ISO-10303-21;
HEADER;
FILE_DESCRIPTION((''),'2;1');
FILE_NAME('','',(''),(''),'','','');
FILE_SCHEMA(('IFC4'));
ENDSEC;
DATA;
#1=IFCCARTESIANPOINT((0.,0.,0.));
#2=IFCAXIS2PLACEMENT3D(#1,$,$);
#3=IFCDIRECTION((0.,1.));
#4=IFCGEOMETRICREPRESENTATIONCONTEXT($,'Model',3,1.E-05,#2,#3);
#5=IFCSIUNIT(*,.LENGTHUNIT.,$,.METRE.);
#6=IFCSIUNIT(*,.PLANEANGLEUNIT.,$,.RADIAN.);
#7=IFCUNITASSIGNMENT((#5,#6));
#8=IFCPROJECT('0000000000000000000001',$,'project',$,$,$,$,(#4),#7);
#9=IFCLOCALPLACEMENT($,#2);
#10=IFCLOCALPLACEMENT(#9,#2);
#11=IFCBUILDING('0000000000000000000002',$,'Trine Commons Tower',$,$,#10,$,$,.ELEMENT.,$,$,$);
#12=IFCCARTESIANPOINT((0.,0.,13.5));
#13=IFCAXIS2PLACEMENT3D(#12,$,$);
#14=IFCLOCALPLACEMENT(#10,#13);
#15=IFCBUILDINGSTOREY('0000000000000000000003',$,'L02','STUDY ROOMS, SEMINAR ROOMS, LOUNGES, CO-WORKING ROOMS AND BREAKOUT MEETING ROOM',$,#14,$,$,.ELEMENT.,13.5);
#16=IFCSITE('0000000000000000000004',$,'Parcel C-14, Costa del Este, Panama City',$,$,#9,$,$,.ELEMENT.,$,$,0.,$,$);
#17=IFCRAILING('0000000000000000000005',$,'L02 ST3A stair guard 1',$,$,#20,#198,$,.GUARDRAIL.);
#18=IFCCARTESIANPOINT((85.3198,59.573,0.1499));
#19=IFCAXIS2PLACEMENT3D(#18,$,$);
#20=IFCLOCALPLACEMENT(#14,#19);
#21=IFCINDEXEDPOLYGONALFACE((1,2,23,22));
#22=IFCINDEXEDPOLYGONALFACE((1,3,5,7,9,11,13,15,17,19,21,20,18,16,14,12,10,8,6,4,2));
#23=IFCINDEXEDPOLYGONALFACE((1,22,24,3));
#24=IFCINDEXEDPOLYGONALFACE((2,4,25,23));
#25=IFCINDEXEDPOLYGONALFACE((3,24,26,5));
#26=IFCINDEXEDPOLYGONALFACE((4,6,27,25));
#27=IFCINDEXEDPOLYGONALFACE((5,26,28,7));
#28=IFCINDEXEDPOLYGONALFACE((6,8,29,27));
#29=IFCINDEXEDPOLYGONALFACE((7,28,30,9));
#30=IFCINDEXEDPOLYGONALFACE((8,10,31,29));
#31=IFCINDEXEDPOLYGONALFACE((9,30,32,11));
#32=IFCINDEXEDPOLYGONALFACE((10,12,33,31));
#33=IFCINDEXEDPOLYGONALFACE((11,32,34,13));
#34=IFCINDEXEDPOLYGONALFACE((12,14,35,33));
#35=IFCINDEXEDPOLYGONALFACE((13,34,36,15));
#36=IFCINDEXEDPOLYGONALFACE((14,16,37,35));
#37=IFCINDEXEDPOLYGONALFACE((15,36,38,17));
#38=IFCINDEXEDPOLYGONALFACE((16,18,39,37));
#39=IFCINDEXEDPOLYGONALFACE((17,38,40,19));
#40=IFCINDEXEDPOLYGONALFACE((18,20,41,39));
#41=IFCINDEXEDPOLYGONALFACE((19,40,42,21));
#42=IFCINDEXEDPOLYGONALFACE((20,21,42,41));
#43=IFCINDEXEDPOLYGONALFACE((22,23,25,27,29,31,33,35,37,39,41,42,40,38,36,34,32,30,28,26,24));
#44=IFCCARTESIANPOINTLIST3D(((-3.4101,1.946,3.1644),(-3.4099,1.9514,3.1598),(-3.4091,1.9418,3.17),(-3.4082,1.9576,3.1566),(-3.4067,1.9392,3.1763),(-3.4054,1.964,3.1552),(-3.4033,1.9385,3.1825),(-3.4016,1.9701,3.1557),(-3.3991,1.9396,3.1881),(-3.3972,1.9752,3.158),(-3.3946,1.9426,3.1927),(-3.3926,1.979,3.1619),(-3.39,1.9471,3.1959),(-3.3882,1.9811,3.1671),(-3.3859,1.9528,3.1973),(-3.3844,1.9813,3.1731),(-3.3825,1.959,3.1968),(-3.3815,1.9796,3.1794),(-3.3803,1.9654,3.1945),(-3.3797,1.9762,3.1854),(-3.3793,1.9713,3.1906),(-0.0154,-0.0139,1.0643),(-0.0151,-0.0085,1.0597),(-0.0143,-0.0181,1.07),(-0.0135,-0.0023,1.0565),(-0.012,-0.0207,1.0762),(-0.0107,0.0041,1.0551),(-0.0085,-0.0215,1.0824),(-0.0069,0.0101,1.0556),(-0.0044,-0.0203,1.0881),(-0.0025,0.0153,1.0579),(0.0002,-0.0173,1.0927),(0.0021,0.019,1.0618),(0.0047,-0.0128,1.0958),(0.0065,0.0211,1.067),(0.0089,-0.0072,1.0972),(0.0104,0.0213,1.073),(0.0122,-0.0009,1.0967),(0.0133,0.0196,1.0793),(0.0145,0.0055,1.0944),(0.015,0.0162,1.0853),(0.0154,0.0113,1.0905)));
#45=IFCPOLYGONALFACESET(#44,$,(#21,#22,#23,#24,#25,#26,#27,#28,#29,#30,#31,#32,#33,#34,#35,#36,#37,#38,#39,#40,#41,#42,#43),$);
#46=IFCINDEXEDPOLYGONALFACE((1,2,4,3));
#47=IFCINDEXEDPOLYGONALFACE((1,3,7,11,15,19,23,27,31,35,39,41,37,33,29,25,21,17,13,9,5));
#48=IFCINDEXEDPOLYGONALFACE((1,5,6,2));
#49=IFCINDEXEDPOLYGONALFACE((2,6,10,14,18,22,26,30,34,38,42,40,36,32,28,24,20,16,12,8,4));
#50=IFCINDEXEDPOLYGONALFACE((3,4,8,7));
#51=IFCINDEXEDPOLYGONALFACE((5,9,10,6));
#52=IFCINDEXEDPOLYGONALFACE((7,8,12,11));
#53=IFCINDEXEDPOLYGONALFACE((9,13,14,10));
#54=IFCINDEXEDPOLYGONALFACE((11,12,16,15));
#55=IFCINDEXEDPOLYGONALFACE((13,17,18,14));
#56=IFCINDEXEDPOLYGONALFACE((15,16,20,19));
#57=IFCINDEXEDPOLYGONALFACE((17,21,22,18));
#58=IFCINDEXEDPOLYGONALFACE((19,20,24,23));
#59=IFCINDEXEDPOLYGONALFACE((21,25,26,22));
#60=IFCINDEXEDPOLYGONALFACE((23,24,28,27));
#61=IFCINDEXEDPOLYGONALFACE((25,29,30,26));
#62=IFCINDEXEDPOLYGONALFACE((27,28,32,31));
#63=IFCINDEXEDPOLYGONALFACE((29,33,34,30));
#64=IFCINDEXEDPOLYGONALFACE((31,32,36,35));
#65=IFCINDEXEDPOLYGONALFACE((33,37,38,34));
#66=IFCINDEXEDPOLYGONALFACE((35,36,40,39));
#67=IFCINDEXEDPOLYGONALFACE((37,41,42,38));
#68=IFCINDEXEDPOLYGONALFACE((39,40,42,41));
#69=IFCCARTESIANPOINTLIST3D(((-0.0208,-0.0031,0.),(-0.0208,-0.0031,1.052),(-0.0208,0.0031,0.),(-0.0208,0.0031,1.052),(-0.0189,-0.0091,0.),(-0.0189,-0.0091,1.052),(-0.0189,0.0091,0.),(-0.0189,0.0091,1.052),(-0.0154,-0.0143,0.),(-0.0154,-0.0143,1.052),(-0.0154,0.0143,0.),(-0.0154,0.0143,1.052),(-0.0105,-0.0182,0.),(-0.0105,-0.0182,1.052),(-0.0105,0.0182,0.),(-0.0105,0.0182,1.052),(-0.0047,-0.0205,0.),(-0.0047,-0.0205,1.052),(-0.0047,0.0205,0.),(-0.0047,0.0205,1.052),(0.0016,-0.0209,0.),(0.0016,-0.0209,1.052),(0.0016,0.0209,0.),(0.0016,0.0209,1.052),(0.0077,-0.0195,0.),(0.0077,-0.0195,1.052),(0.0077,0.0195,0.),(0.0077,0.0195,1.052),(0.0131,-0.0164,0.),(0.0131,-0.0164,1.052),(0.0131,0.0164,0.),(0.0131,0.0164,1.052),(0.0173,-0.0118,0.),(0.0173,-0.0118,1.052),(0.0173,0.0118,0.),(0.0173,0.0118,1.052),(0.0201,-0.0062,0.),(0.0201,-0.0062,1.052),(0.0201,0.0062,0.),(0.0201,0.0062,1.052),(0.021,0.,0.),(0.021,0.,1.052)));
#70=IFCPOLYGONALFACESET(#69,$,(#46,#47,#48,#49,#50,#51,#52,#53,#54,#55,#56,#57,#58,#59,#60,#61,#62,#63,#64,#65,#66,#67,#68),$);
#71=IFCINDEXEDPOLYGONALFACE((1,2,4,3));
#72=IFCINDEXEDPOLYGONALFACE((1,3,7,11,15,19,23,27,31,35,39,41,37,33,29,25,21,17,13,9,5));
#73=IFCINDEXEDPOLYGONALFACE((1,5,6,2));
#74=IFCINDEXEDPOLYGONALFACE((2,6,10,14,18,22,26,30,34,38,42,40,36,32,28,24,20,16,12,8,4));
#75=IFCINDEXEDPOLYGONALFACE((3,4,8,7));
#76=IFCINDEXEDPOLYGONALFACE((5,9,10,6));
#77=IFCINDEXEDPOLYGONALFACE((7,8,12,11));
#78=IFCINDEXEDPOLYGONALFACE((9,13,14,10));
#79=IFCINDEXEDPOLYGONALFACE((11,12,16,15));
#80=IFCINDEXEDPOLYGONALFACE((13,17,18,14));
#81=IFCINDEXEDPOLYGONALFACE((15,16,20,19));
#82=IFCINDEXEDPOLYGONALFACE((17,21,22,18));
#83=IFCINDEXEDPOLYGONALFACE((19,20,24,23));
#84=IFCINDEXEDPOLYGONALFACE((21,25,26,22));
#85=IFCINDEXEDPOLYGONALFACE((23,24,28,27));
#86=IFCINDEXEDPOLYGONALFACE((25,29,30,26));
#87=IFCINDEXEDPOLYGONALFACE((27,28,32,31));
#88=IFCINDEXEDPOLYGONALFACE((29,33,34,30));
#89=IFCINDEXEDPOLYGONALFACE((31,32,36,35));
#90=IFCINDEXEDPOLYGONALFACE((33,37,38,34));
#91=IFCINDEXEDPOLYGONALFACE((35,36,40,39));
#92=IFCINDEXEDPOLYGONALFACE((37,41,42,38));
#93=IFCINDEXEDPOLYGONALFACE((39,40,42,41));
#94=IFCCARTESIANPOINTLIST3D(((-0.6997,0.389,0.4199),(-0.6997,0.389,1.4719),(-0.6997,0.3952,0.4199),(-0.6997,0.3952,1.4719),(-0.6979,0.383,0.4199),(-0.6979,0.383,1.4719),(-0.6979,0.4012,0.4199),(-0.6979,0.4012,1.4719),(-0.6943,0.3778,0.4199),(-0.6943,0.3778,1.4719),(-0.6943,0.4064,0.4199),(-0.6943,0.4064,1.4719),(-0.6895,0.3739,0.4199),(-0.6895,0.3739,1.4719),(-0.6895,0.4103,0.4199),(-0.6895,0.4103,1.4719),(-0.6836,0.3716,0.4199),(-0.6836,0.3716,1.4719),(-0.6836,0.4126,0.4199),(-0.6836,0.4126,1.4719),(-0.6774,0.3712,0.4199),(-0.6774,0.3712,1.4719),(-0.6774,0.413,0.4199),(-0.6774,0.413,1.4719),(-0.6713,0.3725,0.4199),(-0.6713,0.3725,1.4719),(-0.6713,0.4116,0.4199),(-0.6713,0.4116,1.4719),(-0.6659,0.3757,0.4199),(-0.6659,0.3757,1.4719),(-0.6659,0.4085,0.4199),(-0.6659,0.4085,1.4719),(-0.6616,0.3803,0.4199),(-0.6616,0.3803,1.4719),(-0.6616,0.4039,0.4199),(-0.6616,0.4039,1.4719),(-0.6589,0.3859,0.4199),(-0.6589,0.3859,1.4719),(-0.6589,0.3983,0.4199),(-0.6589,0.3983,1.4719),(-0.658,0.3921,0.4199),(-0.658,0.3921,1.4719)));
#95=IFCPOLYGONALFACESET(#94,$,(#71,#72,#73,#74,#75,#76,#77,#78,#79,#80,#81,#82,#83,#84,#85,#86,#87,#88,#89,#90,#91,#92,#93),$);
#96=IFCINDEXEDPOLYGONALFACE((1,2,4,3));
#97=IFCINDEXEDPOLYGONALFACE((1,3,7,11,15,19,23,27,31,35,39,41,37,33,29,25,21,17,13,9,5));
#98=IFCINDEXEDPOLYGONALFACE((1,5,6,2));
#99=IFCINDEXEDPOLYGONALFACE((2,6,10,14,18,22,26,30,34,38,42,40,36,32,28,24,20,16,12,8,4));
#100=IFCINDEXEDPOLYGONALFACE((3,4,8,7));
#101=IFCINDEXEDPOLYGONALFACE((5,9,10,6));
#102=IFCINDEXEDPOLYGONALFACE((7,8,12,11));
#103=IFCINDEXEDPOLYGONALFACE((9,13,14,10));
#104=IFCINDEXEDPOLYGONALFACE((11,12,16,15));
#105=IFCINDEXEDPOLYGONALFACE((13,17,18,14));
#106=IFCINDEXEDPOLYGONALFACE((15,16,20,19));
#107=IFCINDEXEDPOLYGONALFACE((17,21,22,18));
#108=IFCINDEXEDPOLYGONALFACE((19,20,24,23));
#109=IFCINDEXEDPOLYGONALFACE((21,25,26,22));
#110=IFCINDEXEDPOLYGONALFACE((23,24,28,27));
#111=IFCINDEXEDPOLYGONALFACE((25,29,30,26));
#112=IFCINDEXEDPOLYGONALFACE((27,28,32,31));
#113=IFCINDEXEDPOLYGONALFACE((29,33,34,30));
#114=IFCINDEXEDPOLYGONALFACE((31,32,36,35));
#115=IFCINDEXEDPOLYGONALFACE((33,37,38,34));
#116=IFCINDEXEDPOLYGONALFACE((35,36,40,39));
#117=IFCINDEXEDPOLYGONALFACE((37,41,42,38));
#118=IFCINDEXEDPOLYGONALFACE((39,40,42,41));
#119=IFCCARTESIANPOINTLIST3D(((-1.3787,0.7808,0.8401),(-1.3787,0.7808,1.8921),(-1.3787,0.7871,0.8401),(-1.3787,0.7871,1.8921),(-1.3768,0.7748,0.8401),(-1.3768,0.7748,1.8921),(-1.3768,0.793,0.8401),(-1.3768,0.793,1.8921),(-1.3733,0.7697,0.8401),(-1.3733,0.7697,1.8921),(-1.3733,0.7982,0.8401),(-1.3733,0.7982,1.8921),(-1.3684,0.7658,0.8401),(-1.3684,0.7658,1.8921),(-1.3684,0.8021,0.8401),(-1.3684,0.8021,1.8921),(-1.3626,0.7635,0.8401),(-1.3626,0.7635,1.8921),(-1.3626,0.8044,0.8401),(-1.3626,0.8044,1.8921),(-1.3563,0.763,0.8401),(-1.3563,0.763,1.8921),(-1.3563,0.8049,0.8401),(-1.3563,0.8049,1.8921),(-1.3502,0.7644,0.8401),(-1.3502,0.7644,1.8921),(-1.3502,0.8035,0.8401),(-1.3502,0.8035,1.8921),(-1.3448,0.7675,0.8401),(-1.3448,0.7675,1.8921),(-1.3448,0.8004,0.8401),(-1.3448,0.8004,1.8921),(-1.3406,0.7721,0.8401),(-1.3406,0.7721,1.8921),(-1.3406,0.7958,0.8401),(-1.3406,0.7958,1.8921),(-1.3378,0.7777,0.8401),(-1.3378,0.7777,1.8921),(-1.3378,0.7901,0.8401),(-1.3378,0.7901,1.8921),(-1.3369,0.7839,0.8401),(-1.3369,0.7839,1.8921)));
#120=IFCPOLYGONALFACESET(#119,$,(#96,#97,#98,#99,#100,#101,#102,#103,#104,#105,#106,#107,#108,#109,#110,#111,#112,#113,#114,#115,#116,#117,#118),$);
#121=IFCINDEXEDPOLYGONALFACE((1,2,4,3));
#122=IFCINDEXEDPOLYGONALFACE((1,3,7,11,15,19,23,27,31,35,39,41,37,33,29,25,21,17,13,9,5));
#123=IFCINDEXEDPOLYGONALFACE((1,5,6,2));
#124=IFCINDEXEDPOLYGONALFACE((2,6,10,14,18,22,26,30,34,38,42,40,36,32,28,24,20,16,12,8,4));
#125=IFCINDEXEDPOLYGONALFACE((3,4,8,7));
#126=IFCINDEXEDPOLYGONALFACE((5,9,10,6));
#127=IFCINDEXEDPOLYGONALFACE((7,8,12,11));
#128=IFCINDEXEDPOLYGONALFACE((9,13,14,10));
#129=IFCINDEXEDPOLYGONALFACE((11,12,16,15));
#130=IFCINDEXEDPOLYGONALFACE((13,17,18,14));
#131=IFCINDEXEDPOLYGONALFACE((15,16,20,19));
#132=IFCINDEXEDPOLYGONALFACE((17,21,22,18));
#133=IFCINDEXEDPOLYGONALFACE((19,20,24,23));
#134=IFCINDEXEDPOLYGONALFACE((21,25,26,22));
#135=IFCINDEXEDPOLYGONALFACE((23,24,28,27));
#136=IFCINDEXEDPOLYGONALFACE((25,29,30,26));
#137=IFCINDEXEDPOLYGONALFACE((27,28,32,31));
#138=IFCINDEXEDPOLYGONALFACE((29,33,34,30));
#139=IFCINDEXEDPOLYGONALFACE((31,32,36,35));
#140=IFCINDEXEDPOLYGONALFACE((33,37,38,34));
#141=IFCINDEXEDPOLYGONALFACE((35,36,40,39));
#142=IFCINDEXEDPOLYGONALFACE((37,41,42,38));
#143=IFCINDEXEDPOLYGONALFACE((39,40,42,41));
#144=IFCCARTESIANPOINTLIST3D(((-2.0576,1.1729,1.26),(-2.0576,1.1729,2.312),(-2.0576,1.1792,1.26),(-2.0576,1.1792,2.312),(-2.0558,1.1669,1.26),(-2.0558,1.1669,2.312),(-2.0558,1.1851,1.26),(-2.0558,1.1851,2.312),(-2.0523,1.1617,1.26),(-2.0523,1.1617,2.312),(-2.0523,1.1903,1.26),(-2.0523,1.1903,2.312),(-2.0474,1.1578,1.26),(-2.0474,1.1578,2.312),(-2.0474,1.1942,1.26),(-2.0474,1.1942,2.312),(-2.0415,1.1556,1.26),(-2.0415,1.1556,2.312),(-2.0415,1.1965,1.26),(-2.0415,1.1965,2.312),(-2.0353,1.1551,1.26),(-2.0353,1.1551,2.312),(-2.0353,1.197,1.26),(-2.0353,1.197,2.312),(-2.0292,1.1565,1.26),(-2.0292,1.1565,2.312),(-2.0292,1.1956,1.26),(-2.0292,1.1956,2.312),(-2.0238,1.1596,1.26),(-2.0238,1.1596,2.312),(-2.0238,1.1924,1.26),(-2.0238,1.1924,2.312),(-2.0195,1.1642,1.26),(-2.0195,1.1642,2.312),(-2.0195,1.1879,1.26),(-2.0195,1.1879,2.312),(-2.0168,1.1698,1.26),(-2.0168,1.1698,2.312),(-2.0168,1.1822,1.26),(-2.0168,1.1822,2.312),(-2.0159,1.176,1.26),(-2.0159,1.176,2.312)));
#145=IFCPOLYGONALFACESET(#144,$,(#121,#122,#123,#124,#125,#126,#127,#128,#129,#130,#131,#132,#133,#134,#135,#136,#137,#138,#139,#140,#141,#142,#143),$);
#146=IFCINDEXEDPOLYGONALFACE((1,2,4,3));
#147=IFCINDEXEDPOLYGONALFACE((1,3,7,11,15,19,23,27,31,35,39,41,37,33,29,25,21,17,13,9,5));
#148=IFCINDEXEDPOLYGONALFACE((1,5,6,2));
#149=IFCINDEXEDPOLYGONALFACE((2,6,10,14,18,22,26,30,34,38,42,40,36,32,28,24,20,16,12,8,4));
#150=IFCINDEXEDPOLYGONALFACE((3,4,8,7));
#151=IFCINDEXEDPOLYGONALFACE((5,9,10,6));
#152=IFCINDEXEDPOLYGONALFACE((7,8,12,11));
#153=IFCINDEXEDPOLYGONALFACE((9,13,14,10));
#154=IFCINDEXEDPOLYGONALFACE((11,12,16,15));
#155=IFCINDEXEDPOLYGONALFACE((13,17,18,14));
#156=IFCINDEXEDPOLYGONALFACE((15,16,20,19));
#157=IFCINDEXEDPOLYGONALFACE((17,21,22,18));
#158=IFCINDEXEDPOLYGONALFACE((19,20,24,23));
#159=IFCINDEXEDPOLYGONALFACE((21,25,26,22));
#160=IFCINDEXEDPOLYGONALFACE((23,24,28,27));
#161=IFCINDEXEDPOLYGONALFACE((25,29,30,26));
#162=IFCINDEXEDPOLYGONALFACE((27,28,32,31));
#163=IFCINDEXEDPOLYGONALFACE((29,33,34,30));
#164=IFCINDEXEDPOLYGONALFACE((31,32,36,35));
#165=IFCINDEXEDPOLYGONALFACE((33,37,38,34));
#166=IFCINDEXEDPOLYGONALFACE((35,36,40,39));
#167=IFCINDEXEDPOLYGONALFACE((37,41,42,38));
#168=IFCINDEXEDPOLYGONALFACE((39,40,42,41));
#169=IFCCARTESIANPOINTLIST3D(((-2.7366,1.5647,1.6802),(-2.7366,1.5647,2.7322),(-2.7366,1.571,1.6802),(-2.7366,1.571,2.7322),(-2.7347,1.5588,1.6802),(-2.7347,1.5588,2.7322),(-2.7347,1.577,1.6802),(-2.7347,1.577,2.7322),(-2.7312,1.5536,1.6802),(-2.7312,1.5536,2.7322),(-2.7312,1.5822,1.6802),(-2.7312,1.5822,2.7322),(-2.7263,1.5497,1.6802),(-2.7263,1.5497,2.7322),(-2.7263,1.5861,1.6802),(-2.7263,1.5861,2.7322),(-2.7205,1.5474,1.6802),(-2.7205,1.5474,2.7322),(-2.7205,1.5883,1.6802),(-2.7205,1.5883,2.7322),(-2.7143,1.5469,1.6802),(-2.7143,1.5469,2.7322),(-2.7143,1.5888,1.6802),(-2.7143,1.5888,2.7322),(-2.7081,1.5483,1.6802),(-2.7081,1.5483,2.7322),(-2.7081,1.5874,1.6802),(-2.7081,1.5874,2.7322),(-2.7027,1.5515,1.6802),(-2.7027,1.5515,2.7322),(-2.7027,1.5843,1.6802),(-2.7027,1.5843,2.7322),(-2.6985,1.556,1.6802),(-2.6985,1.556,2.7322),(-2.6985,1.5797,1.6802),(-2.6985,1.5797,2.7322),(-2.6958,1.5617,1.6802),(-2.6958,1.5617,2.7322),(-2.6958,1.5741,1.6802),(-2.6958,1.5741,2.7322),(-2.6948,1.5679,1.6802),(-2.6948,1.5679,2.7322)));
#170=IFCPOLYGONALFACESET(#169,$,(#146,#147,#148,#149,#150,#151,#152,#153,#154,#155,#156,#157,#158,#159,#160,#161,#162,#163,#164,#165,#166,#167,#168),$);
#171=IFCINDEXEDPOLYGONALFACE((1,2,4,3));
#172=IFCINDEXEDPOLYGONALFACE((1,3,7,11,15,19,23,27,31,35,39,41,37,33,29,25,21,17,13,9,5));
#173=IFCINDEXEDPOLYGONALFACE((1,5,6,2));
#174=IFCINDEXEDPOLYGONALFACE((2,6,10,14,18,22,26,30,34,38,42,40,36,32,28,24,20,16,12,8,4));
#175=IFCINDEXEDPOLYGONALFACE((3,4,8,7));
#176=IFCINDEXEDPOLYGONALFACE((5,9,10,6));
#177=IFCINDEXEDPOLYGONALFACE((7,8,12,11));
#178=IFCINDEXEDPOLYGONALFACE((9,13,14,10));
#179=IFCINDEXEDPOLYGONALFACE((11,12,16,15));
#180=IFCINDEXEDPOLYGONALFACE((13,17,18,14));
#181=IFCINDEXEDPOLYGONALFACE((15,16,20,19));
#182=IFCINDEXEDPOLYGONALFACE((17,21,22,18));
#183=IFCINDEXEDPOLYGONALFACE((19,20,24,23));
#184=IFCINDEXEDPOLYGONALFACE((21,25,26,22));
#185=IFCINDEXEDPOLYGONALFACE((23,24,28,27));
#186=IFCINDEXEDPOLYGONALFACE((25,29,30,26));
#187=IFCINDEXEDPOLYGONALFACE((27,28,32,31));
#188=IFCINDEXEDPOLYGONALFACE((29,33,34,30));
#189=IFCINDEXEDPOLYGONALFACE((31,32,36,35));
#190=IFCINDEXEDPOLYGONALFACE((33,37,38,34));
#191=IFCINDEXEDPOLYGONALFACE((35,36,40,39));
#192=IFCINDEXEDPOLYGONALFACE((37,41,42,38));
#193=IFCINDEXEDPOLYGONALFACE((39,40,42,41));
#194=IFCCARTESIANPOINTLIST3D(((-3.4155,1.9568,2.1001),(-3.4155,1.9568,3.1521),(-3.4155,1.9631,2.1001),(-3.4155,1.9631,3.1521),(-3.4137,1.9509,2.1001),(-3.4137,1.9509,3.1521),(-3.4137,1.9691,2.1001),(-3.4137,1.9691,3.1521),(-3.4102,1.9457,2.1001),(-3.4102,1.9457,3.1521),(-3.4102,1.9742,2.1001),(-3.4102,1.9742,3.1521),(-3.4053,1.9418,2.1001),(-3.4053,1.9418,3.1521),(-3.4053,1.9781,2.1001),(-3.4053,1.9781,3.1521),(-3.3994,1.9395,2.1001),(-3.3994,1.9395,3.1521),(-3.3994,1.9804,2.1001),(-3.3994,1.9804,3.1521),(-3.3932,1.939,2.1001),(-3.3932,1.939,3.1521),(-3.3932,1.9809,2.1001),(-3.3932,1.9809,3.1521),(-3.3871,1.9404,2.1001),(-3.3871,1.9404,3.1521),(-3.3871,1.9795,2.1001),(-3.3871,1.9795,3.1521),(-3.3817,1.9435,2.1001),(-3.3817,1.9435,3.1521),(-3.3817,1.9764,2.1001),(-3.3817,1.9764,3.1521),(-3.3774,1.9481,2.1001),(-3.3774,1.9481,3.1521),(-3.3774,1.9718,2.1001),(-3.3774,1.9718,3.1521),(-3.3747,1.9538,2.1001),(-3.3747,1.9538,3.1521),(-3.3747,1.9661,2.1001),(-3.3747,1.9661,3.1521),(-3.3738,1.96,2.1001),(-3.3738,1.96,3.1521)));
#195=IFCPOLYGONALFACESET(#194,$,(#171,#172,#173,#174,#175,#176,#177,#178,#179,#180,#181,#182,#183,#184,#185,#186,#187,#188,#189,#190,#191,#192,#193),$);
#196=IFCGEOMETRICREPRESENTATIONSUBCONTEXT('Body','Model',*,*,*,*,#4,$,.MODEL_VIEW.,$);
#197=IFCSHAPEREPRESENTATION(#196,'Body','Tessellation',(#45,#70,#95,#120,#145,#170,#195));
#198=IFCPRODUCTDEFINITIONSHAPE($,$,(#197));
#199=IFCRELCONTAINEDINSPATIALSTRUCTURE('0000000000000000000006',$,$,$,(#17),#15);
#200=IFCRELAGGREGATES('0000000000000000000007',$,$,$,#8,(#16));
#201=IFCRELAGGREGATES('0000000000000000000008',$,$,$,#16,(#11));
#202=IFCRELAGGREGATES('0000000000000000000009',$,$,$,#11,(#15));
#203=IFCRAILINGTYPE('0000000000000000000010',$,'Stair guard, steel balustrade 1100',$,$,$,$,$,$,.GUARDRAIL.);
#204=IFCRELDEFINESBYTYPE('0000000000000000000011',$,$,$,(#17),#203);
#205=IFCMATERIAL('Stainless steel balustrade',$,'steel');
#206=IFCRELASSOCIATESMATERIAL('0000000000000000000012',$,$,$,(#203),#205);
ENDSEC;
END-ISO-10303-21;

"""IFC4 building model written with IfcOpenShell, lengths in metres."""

from ifc_helpers import new_model, si_unit, direction, frame, origin, origin_2d, place, context, subcontext, project, spatial, circle, extrude, material, type_object, element, save


model = new_model("IFC4")

# Units and contexts
model_context = context("Model", 3, precision=1e-05, world=origin(), true_north=direction((0.0, 1.0)))
body_context = subcontext(model_context, "Body", "Model", "MODEL_VIEW")
ifc_project = project(units=[si_unit("LENGTHUNIT", "METRE"), si_unit("PLANEANGLEUNIT", "RADIAN")], contexts=[model_context])

# Site, building, storey
site_placement = place(None, origin())
site = spatial("IfcSite", under=ifc_project, at=site_placement, Name="Parcel C-14, Costa del Este, Panama City", CompositionType="ELEMENT", RefElevation=0.0)
building_placement = place(site_placement, origin())
building = spatial("IfcBuilding", under=site, at=building_placement, Name="Trine Commons Tower", CompositionType="ELEMENT")
storey_placement = place(building_placement, frame((0.0, 0.0, 13.5)))
storey = spatial("IfcBuildingStorey", under=building, at=storey_placement, Name="L02", Description="STUDY ROOMS, SEMINAR ROOMS, LOUNGES, CO-WORKING ROOMS AND BREAKOUT MEETING ROOM", CompositionType="ELEMENT", Elevation=13.5)

# Railing
ifc_material_1 = material(Name="Stainless steel balustrade", Category="steel")
railing_type_1 = type_object("IfcRailingType", Name="Stair guard, steel balustrade 1100", PredefinedType="GUARDRAIL", material=ifc_material_1)
railing_1_placement = place(storey_placement, frame((85.3198, 59.573, 0.1499)))
element("IfcRailing", 1, at=railing_1_placement, inside=storey, type_object=railing_type_1, Name="L02 ST3A stair guard 1", PredefinedType="GUARDRAIL", context=body_context, shape_type="SweptSolid", body=[
    extrude(circle(Radius=0.0239, at=origin_2d()), frame((0.0, 0.0, 1.0762), z_axis=(-0.763375, 0.440732, 0.472244), x_axis=(-0.499997, -0.866027, 0.0)), (0.0, 0.0, 1.0), 4.447),
    extrude(circle(Radius=0.021, at=origin_2d()), origin(), (0.0, 0.0, 1.0), 1.052),
    extrude(circle(Radius=0.021, at=origin_2d()), frame((-0.679, 0.3921, 0.4199)), (0.0, 0.0, 1.0), 1.052),
    extrude(circle(Radius=0.021, at=origin_2d()), frame((-1.3579, 0.7839, 0.8401)), (0.0, 0.0, 1.0), 1.052),
    extrude(circle(Radius=0.021, at=origin_2d()), frame((-2.0369, 1.176, 1.26)), (0.0, 0.0, 1.0), 1.052),
    extrude(circle(Radius=0.021, at=origin_2d()), frame((-2.7158, 1.5679, 1.6802)), (0.0, 0.0, 1.0), 1.052),
    extrude(circle(Radius=0.021, at=origin_2d()), frame((-3.3948, 1.96, 2.1001)), (0.0, 0.0, 1.0), 1.052),
])

save(model, "model.ifc")
